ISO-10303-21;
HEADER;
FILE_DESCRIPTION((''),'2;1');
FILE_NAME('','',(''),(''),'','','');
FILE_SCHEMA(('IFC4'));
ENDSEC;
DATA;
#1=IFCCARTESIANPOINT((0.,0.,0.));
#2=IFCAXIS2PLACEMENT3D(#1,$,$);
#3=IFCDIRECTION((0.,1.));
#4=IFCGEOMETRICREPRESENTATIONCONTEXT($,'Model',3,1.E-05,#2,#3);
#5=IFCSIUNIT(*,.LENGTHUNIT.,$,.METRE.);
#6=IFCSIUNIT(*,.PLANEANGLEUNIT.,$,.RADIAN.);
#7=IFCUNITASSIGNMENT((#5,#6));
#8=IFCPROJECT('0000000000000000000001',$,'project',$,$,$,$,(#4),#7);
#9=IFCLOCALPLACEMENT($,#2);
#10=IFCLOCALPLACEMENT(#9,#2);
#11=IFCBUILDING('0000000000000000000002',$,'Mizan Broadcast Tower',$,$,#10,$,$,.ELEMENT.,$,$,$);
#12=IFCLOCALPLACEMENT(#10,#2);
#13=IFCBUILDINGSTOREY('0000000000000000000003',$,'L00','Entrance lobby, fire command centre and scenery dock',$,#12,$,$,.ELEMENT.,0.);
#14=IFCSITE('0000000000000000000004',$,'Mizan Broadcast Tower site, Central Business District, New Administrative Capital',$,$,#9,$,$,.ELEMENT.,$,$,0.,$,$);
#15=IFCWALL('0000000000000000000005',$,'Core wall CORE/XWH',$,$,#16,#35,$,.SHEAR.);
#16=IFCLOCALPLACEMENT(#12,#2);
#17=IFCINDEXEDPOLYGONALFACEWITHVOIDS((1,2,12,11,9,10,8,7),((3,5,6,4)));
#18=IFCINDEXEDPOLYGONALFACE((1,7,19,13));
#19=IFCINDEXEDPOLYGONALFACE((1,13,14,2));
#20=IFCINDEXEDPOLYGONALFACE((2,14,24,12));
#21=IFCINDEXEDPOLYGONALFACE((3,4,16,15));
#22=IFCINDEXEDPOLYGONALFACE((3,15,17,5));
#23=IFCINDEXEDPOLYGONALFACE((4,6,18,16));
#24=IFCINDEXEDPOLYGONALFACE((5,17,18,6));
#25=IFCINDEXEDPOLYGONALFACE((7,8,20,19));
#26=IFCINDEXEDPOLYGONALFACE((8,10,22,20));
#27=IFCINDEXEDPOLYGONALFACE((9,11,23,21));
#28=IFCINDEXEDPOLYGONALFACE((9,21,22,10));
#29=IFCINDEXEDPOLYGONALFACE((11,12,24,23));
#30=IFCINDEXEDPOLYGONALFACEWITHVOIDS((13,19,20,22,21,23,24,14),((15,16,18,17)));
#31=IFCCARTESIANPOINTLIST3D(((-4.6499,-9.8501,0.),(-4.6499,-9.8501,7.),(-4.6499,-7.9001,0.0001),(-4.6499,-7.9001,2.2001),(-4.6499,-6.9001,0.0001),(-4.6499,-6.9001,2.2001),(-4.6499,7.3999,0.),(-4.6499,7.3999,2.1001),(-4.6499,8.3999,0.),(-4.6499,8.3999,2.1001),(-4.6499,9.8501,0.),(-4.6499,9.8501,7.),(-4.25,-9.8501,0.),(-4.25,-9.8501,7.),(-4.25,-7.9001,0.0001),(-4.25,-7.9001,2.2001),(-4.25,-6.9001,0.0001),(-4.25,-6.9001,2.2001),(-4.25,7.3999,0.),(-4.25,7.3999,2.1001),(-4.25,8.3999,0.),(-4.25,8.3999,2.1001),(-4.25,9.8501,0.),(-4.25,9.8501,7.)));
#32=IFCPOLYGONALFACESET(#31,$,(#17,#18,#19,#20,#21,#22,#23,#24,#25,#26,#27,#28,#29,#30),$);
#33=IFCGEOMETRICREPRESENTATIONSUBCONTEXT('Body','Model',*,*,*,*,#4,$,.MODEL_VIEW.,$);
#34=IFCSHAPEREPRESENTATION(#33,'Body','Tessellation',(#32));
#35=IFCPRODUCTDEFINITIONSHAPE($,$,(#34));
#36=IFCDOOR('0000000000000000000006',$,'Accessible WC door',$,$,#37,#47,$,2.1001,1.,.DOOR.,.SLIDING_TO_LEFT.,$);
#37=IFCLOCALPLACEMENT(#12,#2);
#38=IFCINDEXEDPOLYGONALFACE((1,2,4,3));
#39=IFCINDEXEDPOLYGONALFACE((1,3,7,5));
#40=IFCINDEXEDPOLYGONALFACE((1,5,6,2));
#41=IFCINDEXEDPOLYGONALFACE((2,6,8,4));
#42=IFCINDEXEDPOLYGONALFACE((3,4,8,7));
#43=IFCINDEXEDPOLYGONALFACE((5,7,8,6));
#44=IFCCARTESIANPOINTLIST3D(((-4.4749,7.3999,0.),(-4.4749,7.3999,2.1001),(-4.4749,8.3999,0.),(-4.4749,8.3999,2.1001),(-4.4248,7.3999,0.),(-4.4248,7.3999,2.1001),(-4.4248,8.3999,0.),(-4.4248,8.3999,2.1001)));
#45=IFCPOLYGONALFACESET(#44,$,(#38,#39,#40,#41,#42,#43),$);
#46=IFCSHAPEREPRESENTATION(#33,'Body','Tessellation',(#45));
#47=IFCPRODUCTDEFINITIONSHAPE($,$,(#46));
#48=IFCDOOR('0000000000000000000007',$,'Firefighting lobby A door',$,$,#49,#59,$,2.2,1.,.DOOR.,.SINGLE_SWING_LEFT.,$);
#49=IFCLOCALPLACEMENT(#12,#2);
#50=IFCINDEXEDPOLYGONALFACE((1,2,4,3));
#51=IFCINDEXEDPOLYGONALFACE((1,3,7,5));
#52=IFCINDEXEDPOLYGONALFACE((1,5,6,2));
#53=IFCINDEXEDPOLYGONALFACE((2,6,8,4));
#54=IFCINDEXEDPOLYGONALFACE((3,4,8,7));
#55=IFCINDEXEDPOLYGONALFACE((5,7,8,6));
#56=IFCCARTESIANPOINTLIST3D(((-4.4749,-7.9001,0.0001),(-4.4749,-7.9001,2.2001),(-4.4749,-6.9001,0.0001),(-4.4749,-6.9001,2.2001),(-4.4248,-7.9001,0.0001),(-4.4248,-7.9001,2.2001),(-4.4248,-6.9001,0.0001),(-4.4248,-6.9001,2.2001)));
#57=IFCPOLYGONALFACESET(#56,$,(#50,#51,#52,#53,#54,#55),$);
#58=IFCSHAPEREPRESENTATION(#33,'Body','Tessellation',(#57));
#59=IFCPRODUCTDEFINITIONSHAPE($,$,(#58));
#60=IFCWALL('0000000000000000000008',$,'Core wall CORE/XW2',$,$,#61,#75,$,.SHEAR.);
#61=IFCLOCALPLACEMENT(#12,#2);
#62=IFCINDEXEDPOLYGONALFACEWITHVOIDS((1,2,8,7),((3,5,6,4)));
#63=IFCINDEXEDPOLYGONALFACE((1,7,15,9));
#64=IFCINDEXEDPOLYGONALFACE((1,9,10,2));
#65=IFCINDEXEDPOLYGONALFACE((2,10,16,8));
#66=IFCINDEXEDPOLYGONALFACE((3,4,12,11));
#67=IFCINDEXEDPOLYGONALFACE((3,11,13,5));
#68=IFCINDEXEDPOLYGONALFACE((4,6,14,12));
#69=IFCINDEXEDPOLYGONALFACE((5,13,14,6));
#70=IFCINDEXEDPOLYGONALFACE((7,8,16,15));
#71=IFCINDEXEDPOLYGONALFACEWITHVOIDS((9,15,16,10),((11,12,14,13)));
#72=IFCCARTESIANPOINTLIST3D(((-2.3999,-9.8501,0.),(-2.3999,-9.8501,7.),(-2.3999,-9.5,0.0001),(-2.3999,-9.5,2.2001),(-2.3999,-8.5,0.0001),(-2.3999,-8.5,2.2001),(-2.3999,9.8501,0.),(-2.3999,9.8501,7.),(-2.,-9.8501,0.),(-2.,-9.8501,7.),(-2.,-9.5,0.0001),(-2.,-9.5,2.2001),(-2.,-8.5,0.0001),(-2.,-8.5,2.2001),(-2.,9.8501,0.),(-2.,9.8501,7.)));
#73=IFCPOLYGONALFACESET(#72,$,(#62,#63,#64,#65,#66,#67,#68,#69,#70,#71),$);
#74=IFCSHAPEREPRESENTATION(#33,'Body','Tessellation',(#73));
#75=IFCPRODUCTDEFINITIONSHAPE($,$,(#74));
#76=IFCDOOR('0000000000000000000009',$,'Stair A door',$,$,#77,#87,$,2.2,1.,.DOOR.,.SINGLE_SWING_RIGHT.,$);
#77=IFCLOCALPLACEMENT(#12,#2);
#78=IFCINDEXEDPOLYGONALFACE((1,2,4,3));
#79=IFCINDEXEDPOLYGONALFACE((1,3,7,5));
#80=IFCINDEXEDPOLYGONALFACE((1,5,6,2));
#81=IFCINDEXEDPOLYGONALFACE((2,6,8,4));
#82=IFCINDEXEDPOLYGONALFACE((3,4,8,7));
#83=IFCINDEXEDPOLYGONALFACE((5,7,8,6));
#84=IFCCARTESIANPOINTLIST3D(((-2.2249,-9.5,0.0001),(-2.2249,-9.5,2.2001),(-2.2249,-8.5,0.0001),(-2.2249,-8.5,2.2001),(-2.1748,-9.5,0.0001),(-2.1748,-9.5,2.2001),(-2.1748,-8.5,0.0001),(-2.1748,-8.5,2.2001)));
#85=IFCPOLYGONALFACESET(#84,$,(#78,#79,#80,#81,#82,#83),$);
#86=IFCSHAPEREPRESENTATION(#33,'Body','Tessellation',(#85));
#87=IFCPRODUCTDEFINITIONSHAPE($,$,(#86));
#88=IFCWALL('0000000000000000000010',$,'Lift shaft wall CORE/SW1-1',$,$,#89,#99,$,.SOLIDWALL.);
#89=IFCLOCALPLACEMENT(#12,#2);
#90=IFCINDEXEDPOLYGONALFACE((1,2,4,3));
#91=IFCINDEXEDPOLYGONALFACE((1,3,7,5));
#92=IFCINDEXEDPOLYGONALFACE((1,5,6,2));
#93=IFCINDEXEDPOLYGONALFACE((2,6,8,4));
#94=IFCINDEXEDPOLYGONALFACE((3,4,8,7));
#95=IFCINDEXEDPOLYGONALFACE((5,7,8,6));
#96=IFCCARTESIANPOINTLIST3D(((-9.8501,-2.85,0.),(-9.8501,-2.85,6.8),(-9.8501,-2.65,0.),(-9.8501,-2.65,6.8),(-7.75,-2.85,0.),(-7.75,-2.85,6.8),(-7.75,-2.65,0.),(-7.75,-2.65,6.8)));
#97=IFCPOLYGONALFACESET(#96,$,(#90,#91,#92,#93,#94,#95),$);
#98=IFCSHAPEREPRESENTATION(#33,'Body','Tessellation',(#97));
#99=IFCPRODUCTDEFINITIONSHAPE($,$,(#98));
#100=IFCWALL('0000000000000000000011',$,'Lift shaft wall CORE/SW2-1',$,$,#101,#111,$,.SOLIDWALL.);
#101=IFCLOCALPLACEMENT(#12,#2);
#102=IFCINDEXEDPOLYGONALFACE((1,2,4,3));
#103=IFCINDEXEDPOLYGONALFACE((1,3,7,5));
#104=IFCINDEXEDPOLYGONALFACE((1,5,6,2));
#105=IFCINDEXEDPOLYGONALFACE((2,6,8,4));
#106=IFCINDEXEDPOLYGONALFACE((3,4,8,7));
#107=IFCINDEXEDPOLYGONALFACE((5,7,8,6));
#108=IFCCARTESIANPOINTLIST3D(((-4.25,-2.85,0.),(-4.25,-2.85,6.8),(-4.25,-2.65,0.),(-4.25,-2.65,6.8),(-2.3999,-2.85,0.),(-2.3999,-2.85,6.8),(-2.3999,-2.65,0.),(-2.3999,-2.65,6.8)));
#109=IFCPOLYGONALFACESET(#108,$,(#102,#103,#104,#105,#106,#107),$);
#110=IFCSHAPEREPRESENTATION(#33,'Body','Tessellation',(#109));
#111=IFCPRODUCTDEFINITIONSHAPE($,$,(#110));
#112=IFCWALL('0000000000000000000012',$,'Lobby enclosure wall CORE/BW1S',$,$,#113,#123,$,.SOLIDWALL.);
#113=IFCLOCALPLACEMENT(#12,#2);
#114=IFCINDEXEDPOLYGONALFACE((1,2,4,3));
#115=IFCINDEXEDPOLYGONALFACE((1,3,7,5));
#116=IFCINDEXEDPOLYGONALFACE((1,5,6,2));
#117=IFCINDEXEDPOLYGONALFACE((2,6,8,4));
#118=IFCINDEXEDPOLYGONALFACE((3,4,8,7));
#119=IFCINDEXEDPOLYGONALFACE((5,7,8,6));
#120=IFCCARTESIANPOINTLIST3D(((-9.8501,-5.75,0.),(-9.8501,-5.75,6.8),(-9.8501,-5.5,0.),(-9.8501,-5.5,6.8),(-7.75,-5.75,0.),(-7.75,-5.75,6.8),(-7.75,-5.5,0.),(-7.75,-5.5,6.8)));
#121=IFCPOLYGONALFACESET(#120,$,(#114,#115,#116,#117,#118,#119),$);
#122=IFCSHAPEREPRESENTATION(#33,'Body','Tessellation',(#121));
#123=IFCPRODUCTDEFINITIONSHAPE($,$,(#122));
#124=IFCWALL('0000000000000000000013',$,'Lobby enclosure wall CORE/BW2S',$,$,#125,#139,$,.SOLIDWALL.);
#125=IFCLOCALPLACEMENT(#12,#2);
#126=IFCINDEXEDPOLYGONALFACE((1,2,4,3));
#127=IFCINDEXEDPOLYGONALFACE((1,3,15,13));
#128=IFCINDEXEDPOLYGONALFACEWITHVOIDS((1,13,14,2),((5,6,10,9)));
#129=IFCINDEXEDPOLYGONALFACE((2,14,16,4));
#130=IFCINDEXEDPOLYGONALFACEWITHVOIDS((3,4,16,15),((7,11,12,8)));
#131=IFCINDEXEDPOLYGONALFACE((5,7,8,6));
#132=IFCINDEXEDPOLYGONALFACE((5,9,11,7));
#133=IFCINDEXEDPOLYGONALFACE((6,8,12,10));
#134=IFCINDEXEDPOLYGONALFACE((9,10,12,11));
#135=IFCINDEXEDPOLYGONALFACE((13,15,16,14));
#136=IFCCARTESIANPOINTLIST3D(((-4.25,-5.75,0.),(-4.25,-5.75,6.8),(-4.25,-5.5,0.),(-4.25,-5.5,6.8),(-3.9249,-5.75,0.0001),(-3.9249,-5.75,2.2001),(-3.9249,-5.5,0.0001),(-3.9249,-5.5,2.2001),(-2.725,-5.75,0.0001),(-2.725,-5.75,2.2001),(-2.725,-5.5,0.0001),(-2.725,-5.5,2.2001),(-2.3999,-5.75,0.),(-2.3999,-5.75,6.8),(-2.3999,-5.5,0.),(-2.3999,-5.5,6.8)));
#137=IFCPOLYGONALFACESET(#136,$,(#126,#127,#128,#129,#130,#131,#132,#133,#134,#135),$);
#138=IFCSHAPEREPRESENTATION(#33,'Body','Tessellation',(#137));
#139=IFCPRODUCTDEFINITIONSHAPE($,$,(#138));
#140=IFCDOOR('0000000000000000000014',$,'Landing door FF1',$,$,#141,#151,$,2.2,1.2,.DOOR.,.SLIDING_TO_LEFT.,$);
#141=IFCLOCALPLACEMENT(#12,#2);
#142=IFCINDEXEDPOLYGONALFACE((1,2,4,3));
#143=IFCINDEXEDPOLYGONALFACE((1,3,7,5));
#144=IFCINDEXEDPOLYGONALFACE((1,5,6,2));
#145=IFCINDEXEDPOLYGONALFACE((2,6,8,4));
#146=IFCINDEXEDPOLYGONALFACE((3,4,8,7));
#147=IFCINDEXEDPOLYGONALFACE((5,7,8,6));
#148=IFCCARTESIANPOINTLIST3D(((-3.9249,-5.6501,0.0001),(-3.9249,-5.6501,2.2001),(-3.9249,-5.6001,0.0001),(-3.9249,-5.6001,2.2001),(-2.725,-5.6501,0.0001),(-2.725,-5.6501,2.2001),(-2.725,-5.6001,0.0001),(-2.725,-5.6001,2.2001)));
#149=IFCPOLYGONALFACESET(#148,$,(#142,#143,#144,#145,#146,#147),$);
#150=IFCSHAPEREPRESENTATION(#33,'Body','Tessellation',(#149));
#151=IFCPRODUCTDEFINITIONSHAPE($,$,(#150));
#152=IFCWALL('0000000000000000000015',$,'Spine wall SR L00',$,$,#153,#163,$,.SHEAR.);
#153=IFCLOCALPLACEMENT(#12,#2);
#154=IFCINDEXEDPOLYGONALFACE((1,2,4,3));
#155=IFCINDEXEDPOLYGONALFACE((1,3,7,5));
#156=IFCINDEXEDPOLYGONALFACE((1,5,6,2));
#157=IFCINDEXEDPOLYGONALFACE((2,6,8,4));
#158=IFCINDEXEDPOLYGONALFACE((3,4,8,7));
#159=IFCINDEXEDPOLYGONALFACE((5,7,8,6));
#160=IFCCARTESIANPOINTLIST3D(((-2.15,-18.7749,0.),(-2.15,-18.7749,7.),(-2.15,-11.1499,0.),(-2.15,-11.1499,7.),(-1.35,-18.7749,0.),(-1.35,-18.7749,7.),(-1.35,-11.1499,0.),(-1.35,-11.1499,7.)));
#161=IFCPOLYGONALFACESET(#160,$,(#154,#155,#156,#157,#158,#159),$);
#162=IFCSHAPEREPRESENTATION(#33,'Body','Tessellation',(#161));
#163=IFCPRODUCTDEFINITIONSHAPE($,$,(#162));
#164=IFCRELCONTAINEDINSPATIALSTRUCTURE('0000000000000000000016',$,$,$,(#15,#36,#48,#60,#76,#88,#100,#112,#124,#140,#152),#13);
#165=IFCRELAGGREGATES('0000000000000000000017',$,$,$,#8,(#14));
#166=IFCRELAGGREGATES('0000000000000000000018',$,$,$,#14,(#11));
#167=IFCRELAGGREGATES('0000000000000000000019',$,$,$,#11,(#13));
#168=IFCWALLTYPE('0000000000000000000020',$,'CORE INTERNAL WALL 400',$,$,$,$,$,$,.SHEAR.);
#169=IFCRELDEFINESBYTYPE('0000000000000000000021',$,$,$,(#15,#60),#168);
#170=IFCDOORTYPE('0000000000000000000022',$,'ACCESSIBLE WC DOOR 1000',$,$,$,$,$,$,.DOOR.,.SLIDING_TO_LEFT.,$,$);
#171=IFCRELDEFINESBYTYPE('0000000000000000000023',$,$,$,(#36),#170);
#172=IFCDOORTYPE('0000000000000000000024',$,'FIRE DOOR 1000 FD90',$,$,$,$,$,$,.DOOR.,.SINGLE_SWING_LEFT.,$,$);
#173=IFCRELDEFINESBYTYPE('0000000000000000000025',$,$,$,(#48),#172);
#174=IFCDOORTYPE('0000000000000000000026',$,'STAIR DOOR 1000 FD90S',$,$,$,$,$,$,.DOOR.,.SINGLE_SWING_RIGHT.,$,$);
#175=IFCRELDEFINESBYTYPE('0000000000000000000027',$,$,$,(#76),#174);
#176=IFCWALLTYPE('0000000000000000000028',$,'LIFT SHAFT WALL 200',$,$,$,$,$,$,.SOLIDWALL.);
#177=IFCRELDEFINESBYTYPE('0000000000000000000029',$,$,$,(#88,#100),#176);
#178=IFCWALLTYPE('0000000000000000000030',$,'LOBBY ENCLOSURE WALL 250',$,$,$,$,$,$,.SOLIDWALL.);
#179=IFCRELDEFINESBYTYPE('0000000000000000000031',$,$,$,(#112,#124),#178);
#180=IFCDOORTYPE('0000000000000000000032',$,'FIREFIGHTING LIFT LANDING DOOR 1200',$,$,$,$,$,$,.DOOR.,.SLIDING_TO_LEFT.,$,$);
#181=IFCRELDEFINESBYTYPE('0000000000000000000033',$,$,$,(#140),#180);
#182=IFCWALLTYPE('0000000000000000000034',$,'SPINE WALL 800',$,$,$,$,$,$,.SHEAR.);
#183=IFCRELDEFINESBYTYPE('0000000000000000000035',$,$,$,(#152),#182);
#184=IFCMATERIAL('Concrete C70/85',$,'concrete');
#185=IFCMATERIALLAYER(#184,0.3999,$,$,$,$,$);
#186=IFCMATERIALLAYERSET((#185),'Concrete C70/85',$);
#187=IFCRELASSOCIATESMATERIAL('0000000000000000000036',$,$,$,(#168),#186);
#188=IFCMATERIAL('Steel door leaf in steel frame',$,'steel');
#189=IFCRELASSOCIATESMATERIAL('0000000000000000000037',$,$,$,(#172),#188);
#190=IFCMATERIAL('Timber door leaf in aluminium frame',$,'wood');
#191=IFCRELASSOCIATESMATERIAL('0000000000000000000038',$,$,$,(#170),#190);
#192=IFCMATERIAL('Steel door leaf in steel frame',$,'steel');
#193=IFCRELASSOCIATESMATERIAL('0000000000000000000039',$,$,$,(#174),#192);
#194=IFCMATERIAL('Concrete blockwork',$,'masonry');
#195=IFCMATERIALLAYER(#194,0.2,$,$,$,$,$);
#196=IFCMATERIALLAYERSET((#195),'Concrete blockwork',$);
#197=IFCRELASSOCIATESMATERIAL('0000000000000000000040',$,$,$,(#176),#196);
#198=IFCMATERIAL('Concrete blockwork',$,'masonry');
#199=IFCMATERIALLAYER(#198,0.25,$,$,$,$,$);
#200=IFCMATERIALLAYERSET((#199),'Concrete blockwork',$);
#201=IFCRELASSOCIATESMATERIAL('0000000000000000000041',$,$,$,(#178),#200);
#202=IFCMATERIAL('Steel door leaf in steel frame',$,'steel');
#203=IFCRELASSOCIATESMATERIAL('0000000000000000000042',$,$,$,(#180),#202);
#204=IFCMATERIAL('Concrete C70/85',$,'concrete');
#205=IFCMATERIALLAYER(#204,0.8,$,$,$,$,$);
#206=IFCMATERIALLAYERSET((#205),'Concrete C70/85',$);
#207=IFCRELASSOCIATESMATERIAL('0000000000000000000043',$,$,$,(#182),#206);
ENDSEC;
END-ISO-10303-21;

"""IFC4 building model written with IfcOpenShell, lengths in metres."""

from ifc_helpers import new_model, si_unit, direction, frame, frame_2d, origin, place, context, subcontext, project, spatial, rectangle, extrude, material, layer, layer_set, type_object, element, fill, save


model = new_model("IFC4")

# Units and contexts
model_context = context("Model", 3, precision=1e-05, world=origin(), true_north=direction((0.0, 1.0)))
body_context = subcontext(model_context, "Body", "Model", "MODEL_VIEW")
ifc_project = project(units=[si_unit("LENGTHUNIT", "METRE"), si_unit("PLANEANGLEUNIT", "RADIAN")], contexts=[model_context])

# Site, building, storey
site_placement = place(None, origin())
site = spatial("IfcSite", under=ifc_project, at=site_placement, Name="Mizan Broadcast Tower site, Central Business District, New Administrative Capital", CompositionType="ELEMENT", RefElevation=0.0)
building_placement = place(site_placement, origin())
building = spatial("IfcBuilding", under=site, at=building_placement, Name="Mizan Broadcast Tower", CompositionType="ELEMENT")
storey_placement = place(building_placement, origin())
storey = spatial("IfcBuildingStorey", under=building, at=storey_placement, Name="L00", Description="Entrance lobby, fire command centre and scenery dock", CompositionType="ELEMENT", Elevation=0.0)

# Wall, openings, doors
ifc_material_1 = material(Name="Concrete C70/85", Category="concrete")
ifc_layer_1 = layer(ifc_material_1, 0.3999)
ifc_layer_set_1 = layer_set([ifc_layer_1], Name="Concrete C70/85")
wall_type_1 = type_object("IfcWallType", Name="CORE INTERNAL WALL 400", PredefinedType="SHEAR", material=ifc_layer_set_1)
ifc_material_2 = material(Name="Steel door leaf in steel frame", Category="steel")
door_type_1 = type_object("IfcDoorType", Name="FIRE DOOR 1000 FD90", OperationType="SINGLE_SWING_LEFT", PredefinedType="DOOR", material=ifc_material_2)
wall_1_placement = place(storey_placement, frame((-4.45, -9.8501, 0.0), z_axis=(0.0, 0.0, 1.0), x_axis=(0.0, 1.0, 0.0)))
wall_1 = element("IfcWall", 1, at=wall_1_placement, inside=storey, type_object=wall_type_1, Name="Core wall CORE/XWH", PredefinedType="SHEAR", context=body_context, shape_type="SweptSolid", body=[
    extrude(rectangle(XDim=19.7002, YDim=0.3999, at=frame_2d((9.8501, 0.0))), origin(), (0.0, 0.0, 1.0), 7.0),
])
opening_1_placement = place(wall_1_placement, frame((1.95, 0.0, 0.0)))
opening_1 = element("IfcOpeningElement", 2, at=opening_1_placement, cuts=wall_1, PredefinedType="OPENING", context=body_context, shape_type="SweptSolid", body=[
    extrude(rectangle(XDim=1.0, YDim=2.2, at=frame_2d((0.5, 1.1001))), frame((0.0, 0.21, 0.0), z_axis=(0.0, -1.0, 0.0), x_axis=(1.0, 0.0, 0.0)), (0.0, 0.0, 1.0), 0.4199),
])
opening_2_placement = place(wall_1_placement, frame((17.25, 0.0, 0.0)))
opening_2 = element("IfcOpeningElement", 3, at=opening_2_placement, cuts=wall_1, PredefinedType="OPENING", context=body_context, shape_type="SweptSolid", body=[
    extrude(rectangle(XDim=1.0, YDim=2.1001, at=frame_2d((0.5, 1.05))), frame((0.0, 0.21, 0.0), z_axis=(0.0, -1.0, 0.0), x_axis=(1.0, 0.0, 0.0)), (0.0, 0.0, 1.0), 0.4199),
])
ifc_material_3 = material(Name="Timber door leaf in aluminium frame", Category="wood")
door_type_2 = type_object("IfcDoorType", Name="ACCESSIBLE WC DOOR 1000", OperationType="SLIDING_TO_LEFT", PredefinedType="DOOR", material=ifc_material_3)
door_1_placement = place(opening_2_placement, origin())
door_1 = element("IfcDoor", 4, at=door_1_placement, inside=storey, type_object=door_type_2, Name="Accessible WC door", OperationType="SLIDING_TO_LEFT", OverallHeight=2.1001, OverallWidth=1.0, PredefinedType="DOOR", context=body_context, shape_type="SweptSolid", body=[
    extrude(rectangle(XDim=1.0, YDim=2.1001, at=frame_2d((0.5, 1.05))), frame((0.0, 0.0249, 0.0), z_axis=(0.0, -1.0, 0.0), x_axis=(1.0, 0.0, 0.0)), (0.0, 0.0, 1.0), 0.05),
])
fill(opening_2, door_1)
door_2_placement = place(opening_1_placement, origin())
door_2 = element("IfcDoor", 5, at=door_2_placement, inside=storey, type_object=door_type_1, Name="Firefighting lobby A door", OperationType="SINGLE_SWING_LEFT", OverallHeight=2.2, OverallWidth=1.0, PredefinedType="DOOR", context=body_context, shape_type="SweptSolid", body=[
    extrude(rectangle(XDim=1.0, YDim=2.2, at=frame_2d((0.5, 1.1001))), frame((0.0, 0.0249, 0.0), z_axis=(0.0, -1.0, 0.0), x_axis=(1.0, 0.0, 0.0)), (0.0, 0.0, 1.0), 0.05),
])
fill(opening_1, door_2)

# Wall, opening, door
wall_2_placement = place(storey_placement, frame((-2.2, -9.8501, 0.0), z_axis=(0.0, 0.0, 1.0), x_axis=(0.0, 1.0, 0.0)))
wall_2 = element("IfcWall", 6, at=wall_2_placement, inside=storey, type_object=wall_type_1, Name="Core wall CORE/XW2", PredefinedType="SHEAR", context=body_context, shape_type="SweptSolid", body=[
    extrude(rectangle(XDim=19.7002, YDim=0.3999, at=frame_2d((9.8501, 0.0))), origin(), (0.0, 0.0, 1.0), 7.0),
])
opening_3_placement = place(wall_2_placement, frame((0.3501, 0.0, 0.0)))
opening_3 = element("IfcOpeningElement", 7, at=opening_3_placement, cuts=wall_2, PredefinedType="OPENING", context=body_context, shape_type="SweptSolid", body=[
    extrude(rectangle(XDim=1.0, YDim=2.2, at=frame_2d((0.5, 1.1001))), frame((0.0, 0.21, 0.0), z_axis=(0.0, -1.0, 0.0), x_axis=(1.0, 0.0, 0.0)), (0.0, 0.0, 1.0), 0.4199),
])
ifc_material_4 = material(Name="Steel door leaf in steel frame", Category="steel")
door_type_3 = type_object("IfcDoorType", Name="STAIR DOOR 1000 FD90S", OperationType="SINGLE_SWING_RIGHT", PredefinedType="DOOR", material=ifc_material_4)
door_3_placement = place(opening_3_placement, origin())
door_3 = element("IfcDoor", 8, at=door_3_placement, inside=storey, type_object=door_type_3, Name="Stair A door", OperationType="SINGLE_SWING_RIGHT", OverallHeight=2.2, OverallWidth=1.0, PredefinedType="DOOR", context=body_context, shape_type="SweptSolid", body=[
    extrude(rectangle(XDim=1.0, YDim=2.2, at=frame_2d((0.5, 1.1001))), frame((0.0, 0.0249, 0.0), z_axis=(0.0, -1.0, 0.0), x_axis=(1.0, 0.0, 0.0)), (0.0, 0.0, 1.0), 0.05),
])
fill(opening_3, door_3)

# Walls
ifc_material_5 = material(Name="Concrete blockwork", Category="masonry")
ifc_layer_2 = layer(ifc_material_5, 0.2)
ifc_layer_set_2 = layer_set([ifc_layer_2], Name="Concrete blockwork")
wall_type_2 = type_object("IfcWallType", Name="LIFT SHAFT WALL 200", PredefinedType="SOLIDWALL", material=ifc_layer_set_2)
wall_3_placement = place(storey_placement, frame((-9.8501, -2.75, 0.0), z_axis=(0.0, 0.0, 1.0), x_axis=(1.0, 0.0, 0.0)))
element("IfcWall", 9, at=wall_3_placement, inside=storey, type_object=wall_type_2, Name="Lift shaft wall CORE/SW1-1", PredefinedType="SOLIDWALL", context=body_context, shape_type="SweptSolid", body=[
    extrude(rectangle(XDim=2.1001, YDim=0.2, at=frame_2d((1.05, 0.0))), origin(), (0.0, 0.0, 1.0), 6.8),
])
wall_4_placement = place(storey_placement, frame((-4.25, -2.75, 0.0), z_axis=(0.0, 0.0, 1.0), x_axis=(1.0, 0.0, 0.0)))
element("IfcWall", 10, at=wall_4_placement, inside=storey, type_object=wall_type_2, Name="Lift shaft wall CORE/SW2-1", PredefinedType="SOLIDWALL", context=body_context, shape_type="SweptSolid", body=[
    extrude(rectangle(XDim=1.8501, YDim=0.2, at=frame_2d((0.925, 0.0))), origin(), (0.0, 0.0, 1.0), 6.8),
])
ifc_material_6 = material(Name="Concrete blockwork", Category="masonry")
ifc_layer_3 = layer(ifc_material_6, 0.25)
ifc_layer_set_3 = layer_set([ifc_layer_3], Name="Concrete blockwork")
wall_type_3 = type_object("IfcWallType", Name="LOBBY ENCLOSURE WALL 250", PredefinedType="SOLIDWALL", material=ifc_layer_set_3)
wall_5_placement = place(storey_placement, frame((-9.8501, -5.625, 0.0), z_axis=(0.0, 0.0, 1.0), x_axis=(1.0, 0.0, 0.0)))
element("IfcWall", 11, at=wall_5_placement, inside=storey, type_object=wall_type_3, Name="Lobby enclosure wall CORE/BW1S", PredefinedType="SOLIDWALL", context=body_context, shape_type="SweptSolid", body=[
    extrude(rectangle(XDim=2.1001, YDim=0.25, at=frame_2d((1.05, 0.0))), origin(), (0.0, 0.0, 1.0), 6.8),
])

# Wall, opening, door
wall_6_placement = place(storey_placement, frame((-4.25, -5.625, 0.0), z_axis=(0.0, 0.0, 1.0), x_axis=(1.0, 0.0, 0.0)))
wall_6 = element("IfcWall", 12, at=wall_6_placement, inside=storey, type_object=wall_type_3, Name="Lobby enclosure wall CORE/BW2S", PredefinedType="SOLIDWALL", context=body_context, shape_type="SweptSolid", body=[
    extrude(rectangle(XDim=1.8501, YDim=0.25, at=frame_2d((0.925, 0.0))), origin(), (0.0, 0.0, 1.0), 6.8),
])
opening_4_placement = place(wall_6_placement, frame((0.325, 0.0, 0.0)))
opening_4 = element("IfcOpeningElement", 13, at=opening_4_placement, cuts=wall_6, PredefinedType="OPENING", context=body_context, shape_type="SweptSolid", body=[
    extrude(rectangle(XDim=1.2, YDim=2.2, at=frame_2d((0.6001, 1.1001))), frame((0.0, 0.135, 0.0), z_axis=(0.0, -1.0, 0.0), x_axis=(1.0, 0.0, 0.0)), (0.0, 0.0, 1.0), 0.27),
])
ifc_material_7 = material(Name="Steel door leaf in steel frame", Category="steel")
door_type_4 = type_object("IfcDoorType", Name="FIREFIGHTING LIFT LANDING DOOR 1200", OperationType="SLIDING_TO_LEFT", PredefinedType="DOOR", material=ifc_material_7)
door_4_placement = place(opening_4_placement, origin())
door_4 = element("IfcDoor", 14, at=door_4_placement, inside=storey, type_object=door_type_4, Name="Landing door FF1", OperationType="SLIDING_TO_LEFT", OverallHeight=2.2, OverallWidth=1.2, PredefinedType="DOOR", context=body_context, shape_type="SweptSolid", body=[
    extrude(rectangle(XDim=1.2, YDim=2.2, at=frame_2d((0.6001, 1.1001))), frame((0.0, 0.0249, 0.0), z_axis=(0.0, -1.0, 0.0), x_axis=(1.0, 0.0, 0.0)), (0.0, 0.0, 1.0), 0.05),
])
fill(opening_4, door_4)

# Wall
ifc_material_8 = material(Name="Concrete C70/85", Category="concrete")
ifc_layer_4 = layer(ifc_material_8, 0.8)
ifc_layer_set_4 = layer_set([ifc_layer_4], Name="Concrete C70/85")
wall_type_4 = type_object("IfcWallType", Name="SPINE WALL 800", PredefinedType="SHEAR", material=ifc_layer_set_4)
wall_7_placement = place(storey_placement, frame((-1.75, -11.1499, 0.0), z_axis=(0.0, 0.0, 1.0), x_axis=(0.0, -1.0, 0.0)))
element("IfcWall", 15, at=wall_7_placement, inside=storey, type_object=wall_type_4, Name="Spine wall SR L00", PredefinedType="SHEAR", context=body_context, shape_type="SweptSolid", body=[
    extrude(rectangle(XDim=7.625, YDim=0.8, at=frame_2d((3.8125, 0.0))), origin(), (0.0, 0.0, 1.0), 7.0),
])

save(model, "model.ifc")
